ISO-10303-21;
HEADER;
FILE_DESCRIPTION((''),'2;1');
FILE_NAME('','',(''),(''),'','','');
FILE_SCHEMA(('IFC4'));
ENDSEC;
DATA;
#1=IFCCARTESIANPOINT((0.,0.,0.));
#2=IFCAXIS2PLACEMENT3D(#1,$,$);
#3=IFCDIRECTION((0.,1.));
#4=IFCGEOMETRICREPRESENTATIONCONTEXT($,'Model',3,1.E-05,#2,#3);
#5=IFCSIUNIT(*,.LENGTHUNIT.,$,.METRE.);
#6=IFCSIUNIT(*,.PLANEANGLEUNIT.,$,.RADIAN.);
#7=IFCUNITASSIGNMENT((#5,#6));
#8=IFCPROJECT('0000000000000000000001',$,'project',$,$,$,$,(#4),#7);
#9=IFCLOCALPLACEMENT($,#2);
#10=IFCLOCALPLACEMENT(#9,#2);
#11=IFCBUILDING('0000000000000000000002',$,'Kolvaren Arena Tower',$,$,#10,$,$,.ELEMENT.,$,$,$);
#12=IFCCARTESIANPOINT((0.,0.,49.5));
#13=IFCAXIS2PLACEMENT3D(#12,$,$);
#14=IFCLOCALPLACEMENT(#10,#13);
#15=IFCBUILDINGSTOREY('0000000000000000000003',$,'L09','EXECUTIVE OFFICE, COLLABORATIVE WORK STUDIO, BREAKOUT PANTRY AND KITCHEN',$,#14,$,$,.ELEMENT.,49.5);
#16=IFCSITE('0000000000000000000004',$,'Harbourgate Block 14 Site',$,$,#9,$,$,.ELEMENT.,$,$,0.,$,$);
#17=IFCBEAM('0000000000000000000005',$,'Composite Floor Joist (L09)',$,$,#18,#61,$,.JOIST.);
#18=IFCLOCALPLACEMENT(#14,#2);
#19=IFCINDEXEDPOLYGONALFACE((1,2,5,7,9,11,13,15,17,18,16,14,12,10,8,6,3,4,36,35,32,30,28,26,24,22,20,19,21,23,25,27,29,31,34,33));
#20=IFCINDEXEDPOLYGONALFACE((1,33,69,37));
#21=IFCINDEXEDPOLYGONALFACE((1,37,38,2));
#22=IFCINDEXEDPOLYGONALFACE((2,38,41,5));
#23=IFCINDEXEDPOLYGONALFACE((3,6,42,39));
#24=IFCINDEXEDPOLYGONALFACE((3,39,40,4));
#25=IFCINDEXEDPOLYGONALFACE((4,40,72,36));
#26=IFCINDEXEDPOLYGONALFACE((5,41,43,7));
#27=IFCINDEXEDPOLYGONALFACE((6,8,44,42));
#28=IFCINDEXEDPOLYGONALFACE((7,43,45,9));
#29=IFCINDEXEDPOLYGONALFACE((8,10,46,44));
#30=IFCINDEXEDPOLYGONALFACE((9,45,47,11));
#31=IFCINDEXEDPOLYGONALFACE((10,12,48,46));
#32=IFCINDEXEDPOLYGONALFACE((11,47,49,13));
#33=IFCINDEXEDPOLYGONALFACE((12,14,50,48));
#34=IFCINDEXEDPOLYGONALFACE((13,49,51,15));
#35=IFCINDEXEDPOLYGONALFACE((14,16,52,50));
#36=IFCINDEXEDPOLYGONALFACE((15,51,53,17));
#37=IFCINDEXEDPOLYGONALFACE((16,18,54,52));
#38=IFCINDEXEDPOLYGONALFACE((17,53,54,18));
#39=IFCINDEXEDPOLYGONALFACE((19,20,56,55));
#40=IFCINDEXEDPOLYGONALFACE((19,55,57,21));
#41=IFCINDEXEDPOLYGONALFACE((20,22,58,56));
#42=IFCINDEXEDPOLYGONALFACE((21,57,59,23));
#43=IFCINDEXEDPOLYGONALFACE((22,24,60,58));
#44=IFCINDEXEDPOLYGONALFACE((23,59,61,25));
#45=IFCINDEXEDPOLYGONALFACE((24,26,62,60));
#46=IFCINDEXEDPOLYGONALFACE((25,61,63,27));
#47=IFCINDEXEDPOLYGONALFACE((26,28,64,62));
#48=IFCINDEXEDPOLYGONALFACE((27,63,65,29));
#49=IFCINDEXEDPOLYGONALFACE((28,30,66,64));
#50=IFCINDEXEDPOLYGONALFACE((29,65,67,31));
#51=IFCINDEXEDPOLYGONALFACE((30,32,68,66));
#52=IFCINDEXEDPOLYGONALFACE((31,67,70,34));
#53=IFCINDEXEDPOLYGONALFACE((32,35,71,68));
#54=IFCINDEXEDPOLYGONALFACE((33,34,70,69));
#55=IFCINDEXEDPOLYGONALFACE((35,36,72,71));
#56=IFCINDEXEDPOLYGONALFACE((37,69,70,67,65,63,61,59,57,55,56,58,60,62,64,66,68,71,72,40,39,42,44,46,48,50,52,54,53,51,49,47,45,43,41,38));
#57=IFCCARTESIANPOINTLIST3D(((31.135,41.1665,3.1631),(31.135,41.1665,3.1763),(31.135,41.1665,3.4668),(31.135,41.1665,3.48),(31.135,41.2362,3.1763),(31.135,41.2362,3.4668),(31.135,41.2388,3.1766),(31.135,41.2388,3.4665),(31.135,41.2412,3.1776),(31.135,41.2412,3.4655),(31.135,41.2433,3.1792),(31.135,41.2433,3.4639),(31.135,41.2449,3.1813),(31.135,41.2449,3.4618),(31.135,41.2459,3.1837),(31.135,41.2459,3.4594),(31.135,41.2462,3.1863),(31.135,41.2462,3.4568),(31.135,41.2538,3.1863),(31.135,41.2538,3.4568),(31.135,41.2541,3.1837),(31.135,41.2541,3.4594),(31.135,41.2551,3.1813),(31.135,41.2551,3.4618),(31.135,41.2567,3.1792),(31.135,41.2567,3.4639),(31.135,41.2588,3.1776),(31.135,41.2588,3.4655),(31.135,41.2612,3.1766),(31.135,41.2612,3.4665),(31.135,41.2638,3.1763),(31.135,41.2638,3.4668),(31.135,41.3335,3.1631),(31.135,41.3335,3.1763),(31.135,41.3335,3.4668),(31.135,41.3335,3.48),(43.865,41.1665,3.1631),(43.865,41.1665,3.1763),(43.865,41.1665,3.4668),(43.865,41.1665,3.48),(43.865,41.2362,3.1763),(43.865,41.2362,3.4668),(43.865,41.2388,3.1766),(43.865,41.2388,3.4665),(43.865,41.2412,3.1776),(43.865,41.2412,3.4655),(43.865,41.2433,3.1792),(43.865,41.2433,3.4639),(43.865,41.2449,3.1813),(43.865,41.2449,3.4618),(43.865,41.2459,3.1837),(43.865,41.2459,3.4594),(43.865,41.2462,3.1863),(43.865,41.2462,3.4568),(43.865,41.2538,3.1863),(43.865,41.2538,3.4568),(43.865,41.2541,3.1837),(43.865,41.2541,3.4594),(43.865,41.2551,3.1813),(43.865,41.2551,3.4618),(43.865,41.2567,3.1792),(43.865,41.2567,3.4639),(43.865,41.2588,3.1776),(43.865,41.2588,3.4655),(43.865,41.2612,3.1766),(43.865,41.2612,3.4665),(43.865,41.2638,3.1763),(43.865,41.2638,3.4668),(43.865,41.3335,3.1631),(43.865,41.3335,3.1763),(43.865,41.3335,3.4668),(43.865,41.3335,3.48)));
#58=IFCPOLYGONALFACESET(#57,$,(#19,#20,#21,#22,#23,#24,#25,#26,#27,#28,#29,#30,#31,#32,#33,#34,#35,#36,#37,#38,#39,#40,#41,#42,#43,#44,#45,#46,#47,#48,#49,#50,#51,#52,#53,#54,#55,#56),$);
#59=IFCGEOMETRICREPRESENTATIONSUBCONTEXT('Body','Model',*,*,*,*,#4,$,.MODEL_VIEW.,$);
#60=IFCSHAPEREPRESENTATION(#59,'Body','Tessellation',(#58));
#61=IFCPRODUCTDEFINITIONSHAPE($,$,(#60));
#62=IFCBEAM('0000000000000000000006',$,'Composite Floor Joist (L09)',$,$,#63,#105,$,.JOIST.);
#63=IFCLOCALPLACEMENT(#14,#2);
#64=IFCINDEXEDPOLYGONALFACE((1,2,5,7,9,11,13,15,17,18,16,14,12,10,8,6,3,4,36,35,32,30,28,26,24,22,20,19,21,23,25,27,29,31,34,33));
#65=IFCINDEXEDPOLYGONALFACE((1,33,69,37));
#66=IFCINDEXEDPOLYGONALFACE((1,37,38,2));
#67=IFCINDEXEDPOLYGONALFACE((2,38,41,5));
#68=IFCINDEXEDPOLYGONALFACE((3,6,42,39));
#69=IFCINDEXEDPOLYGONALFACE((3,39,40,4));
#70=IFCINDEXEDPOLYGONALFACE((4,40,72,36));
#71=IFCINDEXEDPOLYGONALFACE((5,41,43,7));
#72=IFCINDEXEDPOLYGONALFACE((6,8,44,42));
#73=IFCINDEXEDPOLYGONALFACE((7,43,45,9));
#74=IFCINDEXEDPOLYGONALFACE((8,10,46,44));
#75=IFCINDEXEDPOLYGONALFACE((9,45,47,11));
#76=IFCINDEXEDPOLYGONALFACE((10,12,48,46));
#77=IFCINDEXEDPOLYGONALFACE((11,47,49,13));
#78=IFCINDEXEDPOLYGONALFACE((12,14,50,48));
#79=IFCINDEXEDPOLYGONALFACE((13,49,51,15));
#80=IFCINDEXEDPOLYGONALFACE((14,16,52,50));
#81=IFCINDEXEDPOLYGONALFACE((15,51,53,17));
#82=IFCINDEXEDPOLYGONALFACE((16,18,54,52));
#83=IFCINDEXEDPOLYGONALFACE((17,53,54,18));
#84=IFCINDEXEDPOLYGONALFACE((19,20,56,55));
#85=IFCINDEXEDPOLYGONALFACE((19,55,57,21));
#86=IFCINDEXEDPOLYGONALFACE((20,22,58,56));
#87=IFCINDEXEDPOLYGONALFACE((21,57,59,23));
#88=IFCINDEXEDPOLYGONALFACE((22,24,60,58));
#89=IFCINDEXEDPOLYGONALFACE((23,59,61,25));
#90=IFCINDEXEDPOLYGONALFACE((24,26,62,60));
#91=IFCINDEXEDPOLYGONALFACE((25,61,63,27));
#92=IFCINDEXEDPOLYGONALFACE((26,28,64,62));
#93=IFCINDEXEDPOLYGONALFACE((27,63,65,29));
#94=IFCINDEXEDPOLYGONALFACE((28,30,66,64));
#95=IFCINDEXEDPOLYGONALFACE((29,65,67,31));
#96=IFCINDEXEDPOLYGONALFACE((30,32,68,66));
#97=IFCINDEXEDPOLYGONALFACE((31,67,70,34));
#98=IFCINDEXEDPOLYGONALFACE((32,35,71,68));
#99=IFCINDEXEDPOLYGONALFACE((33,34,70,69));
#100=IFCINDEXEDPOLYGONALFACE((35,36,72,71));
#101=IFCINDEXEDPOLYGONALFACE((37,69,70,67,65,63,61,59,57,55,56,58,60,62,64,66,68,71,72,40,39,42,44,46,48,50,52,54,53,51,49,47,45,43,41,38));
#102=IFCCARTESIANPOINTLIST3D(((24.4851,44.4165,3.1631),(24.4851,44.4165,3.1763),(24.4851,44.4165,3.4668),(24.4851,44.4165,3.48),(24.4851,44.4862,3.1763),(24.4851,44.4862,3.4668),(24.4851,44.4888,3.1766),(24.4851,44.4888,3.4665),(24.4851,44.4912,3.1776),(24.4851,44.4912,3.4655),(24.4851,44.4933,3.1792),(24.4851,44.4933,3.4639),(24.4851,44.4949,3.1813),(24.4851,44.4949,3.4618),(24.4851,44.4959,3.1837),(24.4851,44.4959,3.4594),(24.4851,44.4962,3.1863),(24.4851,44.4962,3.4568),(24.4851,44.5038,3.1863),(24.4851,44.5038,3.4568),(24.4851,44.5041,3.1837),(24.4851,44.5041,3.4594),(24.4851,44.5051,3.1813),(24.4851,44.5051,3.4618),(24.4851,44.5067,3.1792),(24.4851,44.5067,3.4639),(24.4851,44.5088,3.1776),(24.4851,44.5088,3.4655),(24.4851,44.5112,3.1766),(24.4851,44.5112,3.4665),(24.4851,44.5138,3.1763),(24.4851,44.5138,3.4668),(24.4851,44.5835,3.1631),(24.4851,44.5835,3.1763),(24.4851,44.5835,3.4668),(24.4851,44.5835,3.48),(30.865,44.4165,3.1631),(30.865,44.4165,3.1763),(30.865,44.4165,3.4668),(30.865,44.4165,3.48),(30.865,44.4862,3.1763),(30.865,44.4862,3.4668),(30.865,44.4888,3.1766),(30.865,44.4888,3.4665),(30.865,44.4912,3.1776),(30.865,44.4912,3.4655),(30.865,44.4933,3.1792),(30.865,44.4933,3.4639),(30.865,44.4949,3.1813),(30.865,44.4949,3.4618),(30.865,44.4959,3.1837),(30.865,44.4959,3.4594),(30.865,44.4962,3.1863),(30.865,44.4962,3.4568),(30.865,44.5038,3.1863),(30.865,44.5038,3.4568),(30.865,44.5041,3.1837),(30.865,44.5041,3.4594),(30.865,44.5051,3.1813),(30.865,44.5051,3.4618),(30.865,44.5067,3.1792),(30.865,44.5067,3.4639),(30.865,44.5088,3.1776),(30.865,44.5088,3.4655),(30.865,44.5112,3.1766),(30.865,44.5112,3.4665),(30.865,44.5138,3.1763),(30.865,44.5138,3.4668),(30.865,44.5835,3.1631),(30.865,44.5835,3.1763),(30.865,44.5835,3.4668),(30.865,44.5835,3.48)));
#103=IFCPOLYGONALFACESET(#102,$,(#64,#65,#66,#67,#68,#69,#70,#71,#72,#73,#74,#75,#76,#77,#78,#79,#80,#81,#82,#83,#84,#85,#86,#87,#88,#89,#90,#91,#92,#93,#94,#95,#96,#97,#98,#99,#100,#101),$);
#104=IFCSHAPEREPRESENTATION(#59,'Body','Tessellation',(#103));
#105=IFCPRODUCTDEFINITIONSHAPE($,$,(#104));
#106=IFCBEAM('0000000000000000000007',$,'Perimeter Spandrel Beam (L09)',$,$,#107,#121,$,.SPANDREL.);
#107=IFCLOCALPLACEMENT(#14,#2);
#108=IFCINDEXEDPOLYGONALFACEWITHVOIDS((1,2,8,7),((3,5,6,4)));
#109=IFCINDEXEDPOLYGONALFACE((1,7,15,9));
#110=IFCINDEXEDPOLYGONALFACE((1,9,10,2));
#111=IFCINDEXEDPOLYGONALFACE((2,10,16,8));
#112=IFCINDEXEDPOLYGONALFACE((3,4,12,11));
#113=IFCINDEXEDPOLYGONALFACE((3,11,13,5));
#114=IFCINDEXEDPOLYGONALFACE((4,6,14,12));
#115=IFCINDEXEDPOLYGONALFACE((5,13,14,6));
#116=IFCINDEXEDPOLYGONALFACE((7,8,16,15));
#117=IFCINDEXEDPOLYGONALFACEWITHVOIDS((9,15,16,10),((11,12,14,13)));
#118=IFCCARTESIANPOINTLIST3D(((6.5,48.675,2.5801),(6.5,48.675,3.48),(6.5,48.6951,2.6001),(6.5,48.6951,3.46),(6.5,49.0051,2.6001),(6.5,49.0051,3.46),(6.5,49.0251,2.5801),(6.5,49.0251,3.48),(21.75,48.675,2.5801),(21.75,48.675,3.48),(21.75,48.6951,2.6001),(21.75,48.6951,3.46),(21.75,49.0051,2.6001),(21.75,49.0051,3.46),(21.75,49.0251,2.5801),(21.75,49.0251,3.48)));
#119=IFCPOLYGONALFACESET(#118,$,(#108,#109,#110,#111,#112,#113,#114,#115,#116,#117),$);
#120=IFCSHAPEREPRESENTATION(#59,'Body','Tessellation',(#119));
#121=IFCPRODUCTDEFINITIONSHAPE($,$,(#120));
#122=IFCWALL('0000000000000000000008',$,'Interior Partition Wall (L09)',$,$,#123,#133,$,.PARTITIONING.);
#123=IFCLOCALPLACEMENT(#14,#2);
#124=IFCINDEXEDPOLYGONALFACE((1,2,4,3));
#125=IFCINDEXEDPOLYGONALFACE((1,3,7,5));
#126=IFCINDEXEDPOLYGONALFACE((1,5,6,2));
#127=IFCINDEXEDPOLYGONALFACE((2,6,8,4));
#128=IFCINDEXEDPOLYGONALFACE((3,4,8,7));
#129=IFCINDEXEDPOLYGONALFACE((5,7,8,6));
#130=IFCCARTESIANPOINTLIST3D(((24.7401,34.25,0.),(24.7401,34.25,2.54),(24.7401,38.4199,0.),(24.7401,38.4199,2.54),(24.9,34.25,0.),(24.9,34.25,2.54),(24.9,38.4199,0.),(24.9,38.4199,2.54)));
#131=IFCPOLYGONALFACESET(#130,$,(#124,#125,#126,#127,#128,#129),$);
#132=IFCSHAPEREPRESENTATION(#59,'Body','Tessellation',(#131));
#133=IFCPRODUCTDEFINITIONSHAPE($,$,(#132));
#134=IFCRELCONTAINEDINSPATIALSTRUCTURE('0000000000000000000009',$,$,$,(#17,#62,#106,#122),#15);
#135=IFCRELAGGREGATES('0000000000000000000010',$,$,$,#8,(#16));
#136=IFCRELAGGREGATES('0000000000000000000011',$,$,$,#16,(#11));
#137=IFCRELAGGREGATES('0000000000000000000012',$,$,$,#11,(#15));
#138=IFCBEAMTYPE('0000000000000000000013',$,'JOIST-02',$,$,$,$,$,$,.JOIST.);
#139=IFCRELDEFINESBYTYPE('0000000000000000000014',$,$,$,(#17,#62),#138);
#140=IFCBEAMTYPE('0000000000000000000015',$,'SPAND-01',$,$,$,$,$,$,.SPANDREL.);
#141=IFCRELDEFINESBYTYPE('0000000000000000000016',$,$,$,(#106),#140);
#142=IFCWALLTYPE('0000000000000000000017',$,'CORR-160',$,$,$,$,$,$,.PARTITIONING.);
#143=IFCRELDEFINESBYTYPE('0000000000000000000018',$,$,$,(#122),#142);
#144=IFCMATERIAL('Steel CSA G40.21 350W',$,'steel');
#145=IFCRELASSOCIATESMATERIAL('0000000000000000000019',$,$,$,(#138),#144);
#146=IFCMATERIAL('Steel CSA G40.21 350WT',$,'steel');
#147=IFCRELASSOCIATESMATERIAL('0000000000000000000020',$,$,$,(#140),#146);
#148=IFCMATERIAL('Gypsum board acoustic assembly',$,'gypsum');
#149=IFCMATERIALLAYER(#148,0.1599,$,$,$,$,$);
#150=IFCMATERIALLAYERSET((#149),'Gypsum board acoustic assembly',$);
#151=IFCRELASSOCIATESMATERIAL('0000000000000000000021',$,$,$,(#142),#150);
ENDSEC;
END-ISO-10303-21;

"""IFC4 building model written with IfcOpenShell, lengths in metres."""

from ifc_helpers import new_model, si_unit, direction, frame, frame_2d, origin, origin_2d, place, context, subcontext, project, spatial, rectangle, hollow_rectangle, i_section, extrude, material, layer, layer_set, material_profile, profile_set, type_object, element, save


model = new_model("IFC4")

# Units and contexts
model_context = context("Model", 3, precision=1e-05, world=origin(), true_north=direction((0.0, 1.0)))
body_context = subcontext(model_context, "Body", "Model", "MODEL_VIEW")
ifc_project = project(units=[si_unit("LENGTHUNIT", "METRE"), si_unit("PLANEANGLEUNIT", "RADIAN")], contexts=[model_context])

# Site, building, storey
site_placement = place(None, origin())
site = spatial("IfcSite", under=ifc_project, at=site_placement, Name="Harbourgate Block 14 Site", CompositionType="ELEMENT", RefElevation=0.0)
building_placement = place(site_placement, origin())
building = spatial("IfcBuilding", under=site, at=building_placement, Name="Kolvaren Arena Tower", CompositionType="ELEMENT")
storey_placement = place(building_placement, frame((0.0, 0.0, 49.5)))
storey = spatial("IfcBuildingStorey", under=building, at=storey_placement, Name="L09", Description="EXECUTIVE OFFICE, COLLABORATIVE WORK STUDIO, BREAKOUT PANTRY AND KITCHEN", CompositionType="ELEMENT", Elevation=49.5)

# Beams
ifc_material_1 = material(Name="Steel CSA G40.21 350W", Category="steel")
ifc_material_profile_1 = material_profile(ifc_material_1, i_section(OverallWidth=0.167, OverallDepth=0.3169, WebThickness=0.0076, FlangeThickness=0.0132, FilletRadius=0.01, at=origin_2d()), Name="W310x52")
ifc_profile_set_1 = profile_set([ifc_material_profile_1], Name="Steel CSA G40.21 350W")
beam_type_1 = type_object("IfcBeamType", Name="JOIST-02", PredefinedType="JOIST", material=ifc_profile_set_1)
beam_1_placement = place(storey_placement, frame((31.135, 41.25, 3.3215), z_axis=(1.0, 0.0, 0.0), x_axis=(0.0, 1.0, 0.0)))
element("IfcBeam", 1, at=beam_1_placement, inside=storey, type_object=beam_type_1, Name="Composite Floor Joist (L09)", PredefinedType="JOIST", context=body_context, shape_type="SweptSolid", body=[
    extrude(i_section(OverallWidth=0.167, OverallDepth=0.3169, WebThickness=0.0076, FlangeThickness=0.0132, FilletRadius=0.01, at=origin_2d()), origin(), (0.0, 0.0, 1.0), 12.73),
])
beam_2_placement = place(storey_placement, frame((24.4851, 44.5, 3.3215), z_axis=(1.0, 0.0, 0.0), x_axis=(0.0, 1.0, 0.0)))
element("IfcBeam", 2, at=beam_2_placement, inside=storey, type_object=beam_type_1, Name="Composite Floor Joist (L09)", PredefinedType="JOIST", context=body_context, shape_type="SweptSolid", body=[
    extrude(i_section(OverallWidth=0.167, OverallDepth=0.3169, WebThickness=0.0076, FlangeThickness=0.0132, FilletRadius=0.01, at=origin_2d()), origin(), (0.0, 0.0, 1.0), 6.3799),
])
ifc_material_2 = material(Name="Steel CSA G40.21 350WT", Category="steel")
ifc_material_profile_2 = material_profile(ifc_material_2, hollow_rectangle(XDim=0.3501, YDim=0.8999, WallThickness=0.02, at=origin_2d()), Name="HSS 900x350x20")
ifc_profile_set_2 = profile_set([ifc_material_profile_2], Name="Steel CSA G40.21 350WT")
beam_type_2 = type_object("IfcBeamType", Name="SPAND-01", PredefinedType="SPANDREL", material=ifc_profile_set_2)
beam_3_placement = place(storey_placement, frame((21.75, 48.8501, 3.03), z_axis=(-1.0, 0.0, 0.0), x_axis=(0.0, -1.0, 0.0)))
element("IfcBeam", 3, at=beam_3_placement, inside=storey, type_object=beam_type_2, Name="Perimeter Spandrel Beam (L09)", PredefinedType="SPANDREL", context=body_context, shape_type="SweptSolid", body=[
    extrude(hollow_rectangle(XDim=0.3501, YDim=0.8999, WallThickness=0.02, at=origin_2d()), origin(), (0.0, 0.0, 1.0), 15.25),
])

# Wall
ifc_material_3 = material(Name="Gypsum board acoustic assembly", Category="gypsum")
ifc_layer_1 = layer(ifc_material_3, 0.1599)
ifc_layer_set_1 = layer_set([ifc_layer_1], Name="Gypsum board acoustic assembly")
wall_type_1 = type_object("IfcWallType", Name="CORR-160", PredefinedType="PARTITIONING", material=ifc_layer_set_1)
wall_1_placement = place(storey_placement, frame((24.8201, 34.25, 0.0), z_axis=(0.0, 0.0, 1.0), x_axis=(0.0, 1.0, 0.0)))
element("IfcWall", 4, at=wall_1_placement, inside=storey, type_object=wall_type_1, Name="Interior Partition Wall (L09)", PredefinedType="PARTITIONING", context=body_context, shape_type="SweptSolid", body=[
    extrude(rectangle(XDim=4.1699, YDim=0.1599, at=frame_2d((2.085, 0.0))), origin(), (0.0, 0.0, 1.0), 2.54),
])

save(model, "model.ifc")
